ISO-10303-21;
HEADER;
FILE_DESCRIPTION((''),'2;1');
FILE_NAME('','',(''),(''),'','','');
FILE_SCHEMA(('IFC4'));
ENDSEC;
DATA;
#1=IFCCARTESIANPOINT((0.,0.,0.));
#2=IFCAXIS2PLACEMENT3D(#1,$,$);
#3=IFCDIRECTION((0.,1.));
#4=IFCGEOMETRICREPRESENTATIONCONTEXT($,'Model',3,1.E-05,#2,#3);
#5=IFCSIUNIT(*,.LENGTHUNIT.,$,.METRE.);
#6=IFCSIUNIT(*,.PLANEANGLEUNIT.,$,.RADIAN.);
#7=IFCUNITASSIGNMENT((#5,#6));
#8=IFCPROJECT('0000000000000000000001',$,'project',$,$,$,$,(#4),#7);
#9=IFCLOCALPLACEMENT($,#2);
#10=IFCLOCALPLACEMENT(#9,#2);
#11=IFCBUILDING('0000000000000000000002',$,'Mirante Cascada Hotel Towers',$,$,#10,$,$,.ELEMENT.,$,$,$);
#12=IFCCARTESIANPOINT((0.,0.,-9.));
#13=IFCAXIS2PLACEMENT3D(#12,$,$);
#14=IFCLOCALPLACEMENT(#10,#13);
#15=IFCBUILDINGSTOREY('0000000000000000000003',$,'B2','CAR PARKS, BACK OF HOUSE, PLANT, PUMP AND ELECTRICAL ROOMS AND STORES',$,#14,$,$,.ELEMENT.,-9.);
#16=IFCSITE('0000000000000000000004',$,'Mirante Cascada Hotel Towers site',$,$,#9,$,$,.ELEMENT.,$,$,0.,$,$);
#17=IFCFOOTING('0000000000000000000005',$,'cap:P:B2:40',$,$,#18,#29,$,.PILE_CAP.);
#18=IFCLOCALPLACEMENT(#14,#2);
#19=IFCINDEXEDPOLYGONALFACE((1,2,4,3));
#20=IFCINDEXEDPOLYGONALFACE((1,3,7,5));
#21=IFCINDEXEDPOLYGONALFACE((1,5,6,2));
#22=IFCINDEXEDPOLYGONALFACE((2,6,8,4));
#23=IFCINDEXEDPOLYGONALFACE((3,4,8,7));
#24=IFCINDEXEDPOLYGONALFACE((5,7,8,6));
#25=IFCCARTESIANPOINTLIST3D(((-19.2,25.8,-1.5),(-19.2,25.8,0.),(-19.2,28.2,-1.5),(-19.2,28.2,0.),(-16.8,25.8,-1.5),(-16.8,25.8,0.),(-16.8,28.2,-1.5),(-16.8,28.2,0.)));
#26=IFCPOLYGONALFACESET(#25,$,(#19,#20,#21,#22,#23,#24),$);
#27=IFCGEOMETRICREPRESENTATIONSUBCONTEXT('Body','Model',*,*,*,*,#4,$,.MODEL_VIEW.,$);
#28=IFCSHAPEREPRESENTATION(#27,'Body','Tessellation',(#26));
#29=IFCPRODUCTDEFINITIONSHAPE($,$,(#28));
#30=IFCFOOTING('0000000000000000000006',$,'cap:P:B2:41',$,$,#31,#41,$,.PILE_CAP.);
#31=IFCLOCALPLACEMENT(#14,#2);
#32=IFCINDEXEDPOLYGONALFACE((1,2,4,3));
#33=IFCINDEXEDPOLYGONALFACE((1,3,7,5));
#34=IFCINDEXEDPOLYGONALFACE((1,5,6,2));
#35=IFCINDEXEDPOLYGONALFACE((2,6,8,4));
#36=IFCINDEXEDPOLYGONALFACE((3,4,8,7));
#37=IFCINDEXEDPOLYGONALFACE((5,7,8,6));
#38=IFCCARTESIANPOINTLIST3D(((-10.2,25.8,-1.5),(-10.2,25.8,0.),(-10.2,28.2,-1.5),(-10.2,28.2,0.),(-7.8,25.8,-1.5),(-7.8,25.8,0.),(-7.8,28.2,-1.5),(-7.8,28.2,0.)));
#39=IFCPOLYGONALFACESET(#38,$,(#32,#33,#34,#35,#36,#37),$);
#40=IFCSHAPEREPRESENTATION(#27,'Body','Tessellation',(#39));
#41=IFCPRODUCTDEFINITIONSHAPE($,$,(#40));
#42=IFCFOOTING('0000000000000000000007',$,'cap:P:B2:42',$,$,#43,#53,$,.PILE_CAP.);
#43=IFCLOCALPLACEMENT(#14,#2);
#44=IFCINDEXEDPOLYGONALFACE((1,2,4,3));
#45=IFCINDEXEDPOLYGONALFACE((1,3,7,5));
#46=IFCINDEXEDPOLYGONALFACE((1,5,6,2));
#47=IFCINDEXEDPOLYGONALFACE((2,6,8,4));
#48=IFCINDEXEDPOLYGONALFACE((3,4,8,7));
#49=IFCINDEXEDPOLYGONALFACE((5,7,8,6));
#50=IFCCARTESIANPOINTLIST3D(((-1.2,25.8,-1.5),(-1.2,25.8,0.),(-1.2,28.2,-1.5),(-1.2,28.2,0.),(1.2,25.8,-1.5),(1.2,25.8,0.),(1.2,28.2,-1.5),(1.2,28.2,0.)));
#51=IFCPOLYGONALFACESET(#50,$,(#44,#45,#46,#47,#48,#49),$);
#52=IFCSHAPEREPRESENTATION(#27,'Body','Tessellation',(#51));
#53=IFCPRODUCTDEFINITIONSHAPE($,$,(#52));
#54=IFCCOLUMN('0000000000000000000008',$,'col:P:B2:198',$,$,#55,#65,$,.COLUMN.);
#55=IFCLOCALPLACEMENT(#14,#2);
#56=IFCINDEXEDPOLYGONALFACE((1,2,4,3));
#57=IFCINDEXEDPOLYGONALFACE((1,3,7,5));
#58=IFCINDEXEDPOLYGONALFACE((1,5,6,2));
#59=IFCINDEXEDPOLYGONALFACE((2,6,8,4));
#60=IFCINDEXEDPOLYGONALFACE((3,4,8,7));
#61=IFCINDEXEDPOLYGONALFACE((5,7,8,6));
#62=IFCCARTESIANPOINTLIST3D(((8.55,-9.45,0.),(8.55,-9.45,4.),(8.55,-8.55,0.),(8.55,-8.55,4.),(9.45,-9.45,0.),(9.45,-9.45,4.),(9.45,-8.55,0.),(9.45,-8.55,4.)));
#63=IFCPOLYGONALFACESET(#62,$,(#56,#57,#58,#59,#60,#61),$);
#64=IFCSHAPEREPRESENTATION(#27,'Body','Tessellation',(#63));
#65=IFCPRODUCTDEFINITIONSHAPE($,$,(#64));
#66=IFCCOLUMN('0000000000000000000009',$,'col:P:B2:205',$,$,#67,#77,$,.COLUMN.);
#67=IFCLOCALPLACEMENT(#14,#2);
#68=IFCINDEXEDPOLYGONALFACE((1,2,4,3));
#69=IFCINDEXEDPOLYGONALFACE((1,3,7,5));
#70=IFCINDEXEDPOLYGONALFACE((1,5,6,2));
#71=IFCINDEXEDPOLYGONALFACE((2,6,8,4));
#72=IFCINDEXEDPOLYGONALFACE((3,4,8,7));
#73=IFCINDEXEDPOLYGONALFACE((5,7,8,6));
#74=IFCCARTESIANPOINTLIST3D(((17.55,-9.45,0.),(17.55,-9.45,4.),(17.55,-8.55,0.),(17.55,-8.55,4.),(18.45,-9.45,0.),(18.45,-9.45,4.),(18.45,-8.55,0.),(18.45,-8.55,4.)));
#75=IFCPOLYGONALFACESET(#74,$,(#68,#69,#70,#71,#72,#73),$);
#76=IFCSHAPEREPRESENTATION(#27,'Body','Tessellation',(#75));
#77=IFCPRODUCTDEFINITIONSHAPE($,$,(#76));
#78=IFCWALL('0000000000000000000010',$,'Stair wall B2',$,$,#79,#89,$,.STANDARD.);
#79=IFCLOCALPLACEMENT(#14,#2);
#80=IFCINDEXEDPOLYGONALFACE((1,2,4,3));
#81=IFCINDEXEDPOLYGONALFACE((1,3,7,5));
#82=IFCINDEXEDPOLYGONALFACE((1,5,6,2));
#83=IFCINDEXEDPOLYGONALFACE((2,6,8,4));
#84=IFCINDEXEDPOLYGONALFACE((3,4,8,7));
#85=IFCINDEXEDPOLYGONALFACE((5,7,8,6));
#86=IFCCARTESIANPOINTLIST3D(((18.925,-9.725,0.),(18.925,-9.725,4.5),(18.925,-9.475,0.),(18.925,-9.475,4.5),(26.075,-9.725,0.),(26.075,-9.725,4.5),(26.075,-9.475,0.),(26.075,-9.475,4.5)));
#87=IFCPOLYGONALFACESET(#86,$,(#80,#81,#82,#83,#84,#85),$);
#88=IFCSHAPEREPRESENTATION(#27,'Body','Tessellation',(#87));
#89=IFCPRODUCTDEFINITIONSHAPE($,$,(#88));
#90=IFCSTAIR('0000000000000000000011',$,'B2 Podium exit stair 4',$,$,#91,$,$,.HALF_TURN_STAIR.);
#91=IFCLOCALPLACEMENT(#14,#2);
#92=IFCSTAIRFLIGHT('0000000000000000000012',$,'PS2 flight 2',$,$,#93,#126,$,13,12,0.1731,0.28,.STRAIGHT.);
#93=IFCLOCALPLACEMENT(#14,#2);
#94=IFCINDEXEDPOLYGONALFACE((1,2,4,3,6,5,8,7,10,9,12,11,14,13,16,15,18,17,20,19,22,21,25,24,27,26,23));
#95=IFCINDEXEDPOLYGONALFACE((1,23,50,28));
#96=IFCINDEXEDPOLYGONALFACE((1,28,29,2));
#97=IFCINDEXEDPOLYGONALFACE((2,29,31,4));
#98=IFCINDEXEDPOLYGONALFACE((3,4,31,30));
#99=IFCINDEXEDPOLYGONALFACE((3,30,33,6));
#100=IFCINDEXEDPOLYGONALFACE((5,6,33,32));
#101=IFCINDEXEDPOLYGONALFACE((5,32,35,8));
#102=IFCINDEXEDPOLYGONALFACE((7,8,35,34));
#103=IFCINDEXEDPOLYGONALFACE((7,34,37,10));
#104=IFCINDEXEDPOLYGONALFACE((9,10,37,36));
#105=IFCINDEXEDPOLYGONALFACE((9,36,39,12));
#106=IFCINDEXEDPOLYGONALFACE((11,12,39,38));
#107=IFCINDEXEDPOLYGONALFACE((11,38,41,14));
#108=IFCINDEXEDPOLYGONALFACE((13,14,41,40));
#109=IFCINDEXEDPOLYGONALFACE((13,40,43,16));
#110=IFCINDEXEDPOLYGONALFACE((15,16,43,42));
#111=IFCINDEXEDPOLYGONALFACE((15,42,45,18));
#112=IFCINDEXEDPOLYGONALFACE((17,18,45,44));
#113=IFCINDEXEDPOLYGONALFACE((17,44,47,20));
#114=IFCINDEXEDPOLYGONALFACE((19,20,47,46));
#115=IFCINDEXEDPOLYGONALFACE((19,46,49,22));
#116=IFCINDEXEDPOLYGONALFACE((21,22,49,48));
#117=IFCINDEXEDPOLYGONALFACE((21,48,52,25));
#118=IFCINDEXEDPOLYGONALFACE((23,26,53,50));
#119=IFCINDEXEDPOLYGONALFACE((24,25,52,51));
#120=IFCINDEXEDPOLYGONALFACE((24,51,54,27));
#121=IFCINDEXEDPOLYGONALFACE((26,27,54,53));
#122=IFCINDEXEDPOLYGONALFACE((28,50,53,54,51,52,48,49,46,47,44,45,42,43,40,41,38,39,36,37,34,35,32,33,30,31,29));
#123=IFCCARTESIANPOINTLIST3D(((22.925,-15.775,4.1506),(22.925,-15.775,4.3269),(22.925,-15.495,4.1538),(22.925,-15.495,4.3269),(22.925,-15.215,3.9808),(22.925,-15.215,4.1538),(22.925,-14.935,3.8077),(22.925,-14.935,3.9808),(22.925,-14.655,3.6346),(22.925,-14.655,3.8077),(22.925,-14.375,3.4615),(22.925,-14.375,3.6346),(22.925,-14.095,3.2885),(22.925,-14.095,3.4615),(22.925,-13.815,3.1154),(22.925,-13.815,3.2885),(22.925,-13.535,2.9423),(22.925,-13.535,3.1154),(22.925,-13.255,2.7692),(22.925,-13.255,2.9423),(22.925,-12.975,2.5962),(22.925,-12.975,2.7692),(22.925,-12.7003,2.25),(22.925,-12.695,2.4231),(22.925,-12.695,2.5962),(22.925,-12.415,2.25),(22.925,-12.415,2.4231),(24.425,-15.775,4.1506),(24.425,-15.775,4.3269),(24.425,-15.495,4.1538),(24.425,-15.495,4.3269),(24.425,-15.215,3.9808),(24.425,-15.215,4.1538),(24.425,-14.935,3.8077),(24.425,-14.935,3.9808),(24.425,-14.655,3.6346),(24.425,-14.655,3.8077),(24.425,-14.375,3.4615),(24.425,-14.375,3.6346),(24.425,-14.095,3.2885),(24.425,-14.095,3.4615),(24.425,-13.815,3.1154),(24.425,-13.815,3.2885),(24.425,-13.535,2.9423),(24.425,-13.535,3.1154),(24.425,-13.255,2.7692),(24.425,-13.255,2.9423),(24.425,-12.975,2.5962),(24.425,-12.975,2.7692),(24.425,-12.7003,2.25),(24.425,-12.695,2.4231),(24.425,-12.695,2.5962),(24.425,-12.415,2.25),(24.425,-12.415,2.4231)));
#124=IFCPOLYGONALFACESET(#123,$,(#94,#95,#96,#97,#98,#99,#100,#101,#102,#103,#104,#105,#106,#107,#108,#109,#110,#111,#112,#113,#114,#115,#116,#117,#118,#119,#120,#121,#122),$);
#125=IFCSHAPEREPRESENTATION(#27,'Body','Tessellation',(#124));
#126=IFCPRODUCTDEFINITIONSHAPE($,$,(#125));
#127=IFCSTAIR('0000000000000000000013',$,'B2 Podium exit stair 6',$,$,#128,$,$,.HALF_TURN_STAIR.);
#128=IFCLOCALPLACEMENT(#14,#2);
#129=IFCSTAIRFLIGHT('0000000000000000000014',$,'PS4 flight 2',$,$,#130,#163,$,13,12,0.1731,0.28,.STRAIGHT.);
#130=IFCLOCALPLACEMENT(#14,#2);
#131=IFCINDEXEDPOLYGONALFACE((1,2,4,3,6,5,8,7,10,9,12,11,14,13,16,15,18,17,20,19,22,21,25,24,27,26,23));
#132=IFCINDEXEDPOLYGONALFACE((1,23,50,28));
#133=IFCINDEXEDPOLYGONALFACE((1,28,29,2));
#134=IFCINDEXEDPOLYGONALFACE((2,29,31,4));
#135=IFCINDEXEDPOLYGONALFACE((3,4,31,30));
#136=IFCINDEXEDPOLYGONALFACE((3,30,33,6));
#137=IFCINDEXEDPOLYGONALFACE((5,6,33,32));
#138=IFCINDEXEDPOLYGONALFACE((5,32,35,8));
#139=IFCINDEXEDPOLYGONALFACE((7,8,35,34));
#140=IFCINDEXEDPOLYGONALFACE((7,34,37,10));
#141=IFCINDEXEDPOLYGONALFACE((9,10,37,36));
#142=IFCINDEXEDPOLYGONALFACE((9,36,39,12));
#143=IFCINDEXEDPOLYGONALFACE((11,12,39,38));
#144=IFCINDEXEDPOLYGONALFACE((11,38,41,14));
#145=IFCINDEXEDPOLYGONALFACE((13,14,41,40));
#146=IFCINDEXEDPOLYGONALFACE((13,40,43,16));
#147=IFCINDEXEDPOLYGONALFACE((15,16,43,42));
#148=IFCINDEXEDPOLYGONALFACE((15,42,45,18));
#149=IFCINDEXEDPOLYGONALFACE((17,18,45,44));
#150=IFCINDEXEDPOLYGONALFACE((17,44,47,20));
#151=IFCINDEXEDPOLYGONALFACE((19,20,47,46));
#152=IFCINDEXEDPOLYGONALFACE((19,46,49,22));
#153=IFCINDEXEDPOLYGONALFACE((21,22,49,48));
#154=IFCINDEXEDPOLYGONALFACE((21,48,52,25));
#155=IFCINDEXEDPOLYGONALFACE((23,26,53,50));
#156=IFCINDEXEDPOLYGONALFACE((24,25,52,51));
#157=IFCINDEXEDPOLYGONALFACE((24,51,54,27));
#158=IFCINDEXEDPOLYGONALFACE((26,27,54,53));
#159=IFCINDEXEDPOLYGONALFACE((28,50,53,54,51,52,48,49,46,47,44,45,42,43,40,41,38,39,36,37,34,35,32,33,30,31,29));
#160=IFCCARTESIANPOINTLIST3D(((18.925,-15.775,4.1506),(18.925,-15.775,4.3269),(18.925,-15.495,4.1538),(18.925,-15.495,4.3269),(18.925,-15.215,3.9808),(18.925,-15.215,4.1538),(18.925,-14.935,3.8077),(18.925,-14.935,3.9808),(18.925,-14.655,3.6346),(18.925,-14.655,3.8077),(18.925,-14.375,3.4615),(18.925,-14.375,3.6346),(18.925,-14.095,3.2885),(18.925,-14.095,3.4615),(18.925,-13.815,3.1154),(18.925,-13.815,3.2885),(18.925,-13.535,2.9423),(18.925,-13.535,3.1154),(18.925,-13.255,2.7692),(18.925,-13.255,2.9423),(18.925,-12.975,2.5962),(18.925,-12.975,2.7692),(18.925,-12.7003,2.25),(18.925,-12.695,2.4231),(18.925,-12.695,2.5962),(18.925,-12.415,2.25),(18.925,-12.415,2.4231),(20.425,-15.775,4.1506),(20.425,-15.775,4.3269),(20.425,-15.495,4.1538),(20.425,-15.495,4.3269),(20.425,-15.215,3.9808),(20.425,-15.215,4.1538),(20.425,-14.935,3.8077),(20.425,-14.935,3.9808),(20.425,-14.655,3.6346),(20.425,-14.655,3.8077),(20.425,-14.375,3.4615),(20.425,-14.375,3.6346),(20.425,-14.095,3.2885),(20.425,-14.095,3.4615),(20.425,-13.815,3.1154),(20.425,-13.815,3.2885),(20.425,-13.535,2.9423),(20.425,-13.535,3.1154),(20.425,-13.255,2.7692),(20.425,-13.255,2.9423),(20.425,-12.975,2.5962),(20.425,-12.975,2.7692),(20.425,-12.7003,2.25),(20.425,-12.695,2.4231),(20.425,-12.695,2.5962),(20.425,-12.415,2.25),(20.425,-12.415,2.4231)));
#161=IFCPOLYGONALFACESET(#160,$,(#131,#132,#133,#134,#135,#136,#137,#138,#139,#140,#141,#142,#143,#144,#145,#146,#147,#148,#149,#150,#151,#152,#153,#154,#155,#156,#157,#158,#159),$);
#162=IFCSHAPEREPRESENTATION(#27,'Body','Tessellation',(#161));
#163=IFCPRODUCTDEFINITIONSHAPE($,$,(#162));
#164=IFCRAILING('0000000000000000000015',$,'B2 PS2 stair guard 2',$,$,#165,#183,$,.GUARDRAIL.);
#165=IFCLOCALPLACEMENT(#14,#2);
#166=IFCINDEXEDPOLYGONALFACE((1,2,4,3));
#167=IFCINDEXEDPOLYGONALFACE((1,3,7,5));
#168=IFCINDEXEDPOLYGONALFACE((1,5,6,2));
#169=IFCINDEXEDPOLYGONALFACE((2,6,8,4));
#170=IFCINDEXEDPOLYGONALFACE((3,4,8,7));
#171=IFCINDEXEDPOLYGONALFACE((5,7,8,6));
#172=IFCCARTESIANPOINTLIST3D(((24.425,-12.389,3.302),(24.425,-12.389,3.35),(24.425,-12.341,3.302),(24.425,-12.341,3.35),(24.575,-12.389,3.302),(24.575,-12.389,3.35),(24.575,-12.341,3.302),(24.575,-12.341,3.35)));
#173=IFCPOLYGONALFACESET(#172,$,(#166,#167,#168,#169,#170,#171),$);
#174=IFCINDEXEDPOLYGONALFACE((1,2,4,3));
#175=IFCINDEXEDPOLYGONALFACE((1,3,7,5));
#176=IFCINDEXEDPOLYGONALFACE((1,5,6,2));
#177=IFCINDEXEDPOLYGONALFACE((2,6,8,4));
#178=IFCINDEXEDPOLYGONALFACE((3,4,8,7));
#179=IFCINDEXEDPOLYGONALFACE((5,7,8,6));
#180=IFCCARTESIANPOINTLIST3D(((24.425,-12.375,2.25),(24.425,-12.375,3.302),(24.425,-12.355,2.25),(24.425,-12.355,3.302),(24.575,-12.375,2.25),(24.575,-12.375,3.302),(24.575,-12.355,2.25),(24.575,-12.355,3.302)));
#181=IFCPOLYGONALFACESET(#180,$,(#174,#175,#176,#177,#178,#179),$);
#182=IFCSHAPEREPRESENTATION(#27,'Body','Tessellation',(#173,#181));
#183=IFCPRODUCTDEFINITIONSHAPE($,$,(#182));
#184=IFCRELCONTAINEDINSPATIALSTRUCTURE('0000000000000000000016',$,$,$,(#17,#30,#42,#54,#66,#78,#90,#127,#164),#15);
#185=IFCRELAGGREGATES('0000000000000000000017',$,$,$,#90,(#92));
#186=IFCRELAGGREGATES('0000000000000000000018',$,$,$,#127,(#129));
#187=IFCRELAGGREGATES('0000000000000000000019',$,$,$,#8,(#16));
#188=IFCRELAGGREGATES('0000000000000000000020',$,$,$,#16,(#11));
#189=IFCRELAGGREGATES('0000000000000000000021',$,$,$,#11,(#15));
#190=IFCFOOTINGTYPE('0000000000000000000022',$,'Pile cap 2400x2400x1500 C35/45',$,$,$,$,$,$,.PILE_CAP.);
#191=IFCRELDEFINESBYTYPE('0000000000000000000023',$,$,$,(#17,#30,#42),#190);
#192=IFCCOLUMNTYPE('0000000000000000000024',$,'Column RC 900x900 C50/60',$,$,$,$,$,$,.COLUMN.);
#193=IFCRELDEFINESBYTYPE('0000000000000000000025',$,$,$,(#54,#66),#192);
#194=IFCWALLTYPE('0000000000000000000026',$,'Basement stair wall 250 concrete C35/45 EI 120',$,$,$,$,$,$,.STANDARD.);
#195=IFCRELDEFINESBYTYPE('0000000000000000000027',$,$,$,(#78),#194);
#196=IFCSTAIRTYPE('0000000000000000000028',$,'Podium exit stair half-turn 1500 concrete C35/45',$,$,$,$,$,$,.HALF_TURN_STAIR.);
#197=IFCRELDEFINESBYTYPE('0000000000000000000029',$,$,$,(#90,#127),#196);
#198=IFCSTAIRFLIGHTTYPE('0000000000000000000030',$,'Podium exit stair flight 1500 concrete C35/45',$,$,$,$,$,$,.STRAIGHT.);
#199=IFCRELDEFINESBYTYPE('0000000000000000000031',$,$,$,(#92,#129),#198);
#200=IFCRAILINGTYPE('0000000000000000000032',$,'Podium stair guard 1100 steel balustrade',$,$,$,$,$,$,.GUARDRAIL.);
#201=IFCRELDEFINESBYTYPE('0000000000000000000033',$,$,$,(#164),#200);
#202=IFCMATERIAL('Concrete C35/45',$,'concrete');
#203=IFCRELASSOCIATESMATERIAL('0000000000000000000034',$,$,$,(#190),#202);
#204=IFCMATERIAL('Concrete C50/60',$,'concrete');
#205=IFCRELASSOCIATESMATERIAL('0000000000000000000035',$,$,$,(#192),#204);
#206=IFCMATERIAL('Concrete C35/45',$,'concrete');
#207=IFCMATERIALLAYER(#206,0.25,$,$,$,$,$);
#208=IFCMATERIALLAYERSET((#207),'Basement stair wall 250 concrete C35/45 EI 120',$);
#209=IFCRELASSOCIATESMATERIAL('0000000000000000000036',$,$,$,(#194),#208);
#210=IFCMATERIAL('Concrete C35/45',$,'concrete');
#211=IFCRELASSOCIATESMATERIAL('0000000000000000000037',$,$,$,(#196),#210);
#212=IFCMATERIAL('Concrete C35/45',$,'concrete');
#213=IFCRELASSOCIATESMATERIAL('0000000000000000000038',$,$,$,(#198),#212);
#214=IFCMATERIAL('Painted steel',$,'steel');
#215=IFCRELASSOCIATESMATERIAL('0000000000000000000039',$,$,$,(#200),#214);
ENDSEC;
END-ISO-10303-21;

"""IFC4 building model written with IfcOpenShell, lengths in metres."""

from ifc_helpers import new_model, si_unit, direction, frame, frame_2d, origin, origin_2d, place, context, subcontext, project, spatial, polyline, rectangle, outline, extrude, material, layer, layer_set, material_profile, profile_set, type_object, element, aggregate, save


model = new_model("IFC4")

# Units and contexts
model_context = context("Model", 3, precision=1e-05, world=origin(), true_north=direction((0.0, 1.0)))
body_context = subcontext(model_context, "Body", "Model", "MODEL_VIEW")
ifc_project = project(units=[si_unit("LENGTHUNIT", "METRE"), si_unit("PLANEANGLEUNIT", "RADIAN")], contexts=[model_context])

# Site, building, storey
site_placement = place(None, origin())
site = spatial("IfcSite", under=ifc_project, at=site_placement, Name="Mirante Cascada Hotel Towers site", CompositionType="ELEMENT", RefElevation=0.0)
building_placement = place(site_placement, origin())
building = spatial("IfcBuilding", under=site, at=building_placement, Name="Mirante Cascada Hotel Towers", CompositionType="ELEMENT")
storey_placement = place(building_placement, frame((0.0, 0.0, -9.0)))
storey = spatial("IfcBuildingStorey", under=building, at=storey_placement, Name="B2", Description="CAR PARKS, BACK OF HOUSE, PLANT, PUMP AND ELECTRICAL ROOMS AND STORES", CompositionType="ELEMENT", Elevation=-9.0)

# Footings
ifc_material_1 = material(Name="Concrete C35/45", Category="concrete")
footing_type = type_object("IfcFootingType", Name="Pile cap 2400x2400x1500 C35/45", PredefinedType="PILE_CAP", material=ifc_material_1)
footing_1_placement = place(storey_placement, frame((0.0, 0.0, -1.5)))
element("IfcFooting", 1, at=footing_1_placement, inside=storey, type_object=footing_type, Name="cap:P:B2:40", PredefinedType="PILE_CAP", context=body_context, shape_type="SweptSolid", body=[
    extrude(outline(polyline([(-16.8, 25.8), (-16.8, 28.2), (-19.2, 28.2), (-19.2, 25.8), (-16.8, 25.8)])), origin(), (0.0, 0.0, 1.0), 1.5),
])
footing_2_placement = place(storey_placement, frame((0.0, 0.0, -1.5)))
element("IfcFooting", 2, at=footing_2_placement, inside=storey, type_object=footing_type, Name="cap:P:B2:41", PredefinedType="PILE_CAP", context=body_context, shape_type="SweptSolid", body=[
    extrude(outline(polyline([(-7.8, 25.8), (-7.8, 28.2), (-10.2, 28.2), (-10.2, 25.8), (-7.8, 25.8)])), origin(), (0.0, 0.0, 1.0), 1.5),
])
footing_3_placement = place(storey_placement, frame((0.0, 0.0, -1.5)))
element("IfcFooting", 3, at=footing_3_placement, inside=storey, type_object=footing_type, Name="cap:P:B2:42", PredefinedType="PILE_CAP", context=body_context, shape_type="SweptSolid", body=[
    extrude(outline(polyline([(1.2, 25.8), (1.2, 28.2), (-1.2, 28.2), (-1.2, 25.8), (1.2, 25.8)])), origin(), (0.0, 0.0, 1.0), 1.5),
])

# Columns
ifc_material_2 = material(Name="Concrete C50/60", Category="concrete")
ifc_material_profile_1 = material_profile(ifc_material_2, rectangle(XDim=0.9, YDim=0.9, at=origin_2d()), Name="RC 900x900")
ifc_profile_set_1 = profile_set([ifc_material_profile_1], Name="Concrete C50/60")
column_type = type_object("IfcColumnType", Name="Column RC 900x900 C50/60", PredefinedType="COLUMN", material=ifc_profile_set_1)
for number, where, z_axis, x_axis, name in (
    (4, (9.0, -9.0, 0.0), (0.0, 0.0, 1.0), (1.0, 0.0, 0.0), "col:P:B2:198"),
    (5, (18.0, -9.0, 0.0), (0.0, 0.0, 1.0), (1.0, 0.0, 0.0), "col:P:B2:205"),
):
    element("IfcColumn", number, at=place(storey_placement, frame(where, z_axis=z_axis, x_axis=x_axis)), inside=storey, type_object=column_type, Name=name, PredefinedType="COLUMN", context=body_context, shape_type="SweptSolid", body=[
        extrude(rectangle(XDim=0.9, YDim=0.9, at=origin_2d()), origin(), (0.0, 0.0, 1.0), 4.0),
    ])

# Wall
ifc_material_3 = material(Name="Concrete C35/45", Category="concrete")
ifc_layer = layer(ifc_material_3, 0.25)
ifc_layer_set = layer_set([ifc_layer], Name="Basement stair wall 250 concrete C35/45 EI 120")
wall_type = type_object("IfcWallType", Name="Basement stair wall 250 concrete C35/45 EI 120", PredefinedType="STANDARD", material=ifc_layer_set)
wall_placement = place(storey_placement, frame((18.925, -9.6, 0.0), z_axis=(0.0, 0.0, 1.0), x_axis=(1.0, 0.0, 0.0)))
element("IfcWall", 6, at=wall_placement, inside=storey, type_object=wall_type, Name="Stair wall B2", PredefinedType="STANDARD", context=body_context, shape_type="SweptSolid", body=[
    extrude(rectangle(XDim=7.15, YDim=0.25, at=frame_2d((3.575, 0.0))), origin(), (0.0, 0.0, 1.0), 4.5),
])

# Stairs, stair flights
ifc_material_4 = material(Name="Concrete C35/45", Category="concrete")
stair_type = type_object("IfcStairType", Name="Podium exit stair half-turn 1500 concrete C35/45", PredefinedType="HALF_TURN_STAIR", material=ifc_material_4)
stair_1_placement = place(storey_placement, origin())
stair_1 = element("IfcStair", 7, at=stair_1_placement, inside=storey, type_object=stair_type, Name="B2 Podium exit stair 4", PredefinedType="HALF_TURN_STAIR")
ifc_material_5 = material(Name="Concrete C35/45", Category="concrete")
stair_flight_type = type_object("IfcStairFlightType", Name="Podium exit stair flight 1500 concrete C35/45", PredefinedType="STRAIGHT", material=ifc_material_5)
stair_flight_1_placement = place(storey_placement, frame((23.675, -12.415, 2.25), z_axis=(0.0, 0.0, 1.0), x_axis=(0.0, -1.0, 0.0)))
stair_flight_1 = element("IfcStairFlight", 8, at=stair_flight_1_placement, type_object=stair_flight_type, Name="PS2 flight 2", NumberOfRisers=13, NumberOfTreads=12, PredefinedType="STRAIGHT", RiserHeight=0.1731, TreadLength=0.28, context=body_context, shape_type="SweptSolid", body=[
    extrude(outline(polyline([(0.0, 0.0), (0.0, 0.1731), (0.28, 0.1731), (0.28, 0.3462), (0.56, 0.3462), (0.56, 0.5192), (0.84, 0.5192), (0.84, 0.6923), (1.12, 0.6923), (1.12, 0.8654), (1.4, 0.8654), (1.4, 1.0385), (1.68, 1.0385), (1.68, 1.2115), (1.96, 1.2115), (1.96, 1.3846), (2.24, 1.3846), (2.24, 1.5577), (2.52, 1.5577), (2.52, 1.7308), (2.8, 1.7308), (2.8, 1.9038), (3.08, 1.9038), (3.08, 2.0769), (3.36, 2.0769), (3.36, 2.25), (3.36, 1.9006), (0.2853, 0.0), (0.0, 0.0)])), frame((0.0, 0.75, 0.0), z_axis=(0.0, -1.0, 0.0), x_axis=(1.0, 0.0, 0.0)), (0.0, 0.0, 1.0), 1.5),
])
aggregate(stair_1, [stair_flight_1])
stair_2_placement = place(storey_placement, origin())
stair_2 = element("IfcStair", 9, at=stair_2_placement, inside=storey, type_object=stair_type, Name="B2 Podium exit stair 6", PredefinedType="HALF_TURN_STAIR")
stair_flight_2_placement = place(storey_placement, frame((19.675, -12.415, 2.25), z_axis=(0.0, 0.0, 1.0), x_axis=(0.0, -1.0, 0.0)))
stair_flight_2 = element("IfcStairFlight", 10, at=stair_flight_2_placement, type_object=stair_flight_type, Name="PS4 flight 2", NumberOfRisers=13, NumberOfTreads=12, PredefinedType="STRAIGHT", RiserHeight=0.1731, TreadLength=0.28, context=body_context, shape_type="SweptSolid", body=[
    extrude(outline(polyline([(0.0, 0.0), (0.0, 0.1731), (0.28, 0.1731), (0.28, 0.3462), (0.56, 0.3462), (0.56, 0.5192), (0.84, 0.5192), (0.84, 0.6923), (1.12, 0.6923), (1.12, 0.8654), (1.4, 0.8654), (1.4, 1.0385), (1.68, 1.0385), (1.68, 1.2115), (1.96, 1.2115), (1.96, 1.3846), (2.24, 1.3846), (2.24, 1.5577), (2.52, 1.5577), (2.52, 1.7308), (2.8, 1.7308), (2.8, 1.9038), (3.08, 1.9038), (3.08, 2.0769), (3.36, 2.0769), (3.36, 2.25), (3.36, 1.9006), (0.2853, 0.0), (0.0, 0.0)])), frame((0.0, 0.75, 0.0), z_axis=(0.0, -1.0, 0.0), x_axis=(1.0, 0.0, 0.0)), (0.0, 0.0, 1.0), 1.5),
])
aggregate(stair_2, [stair_flight_2])

# Railing
ifc_material_6 = material(Name="Painted steel", Category="steel")
railing_type_1 = type_object("IfcRailingType", Name="Podium stair guard 1100 steel balustrade", PredefinedType="GUARDRAIL", material=ifc_material_6)
railing_1_placement = place(storey_placement, frame((24.575, -12.365, 2.25)))
element("IfcRailing", 11, at=railing_1_placement, inside=storey, type_object=railing_type_1, Name="B2 PS2 stair guard 2", PredefinedType="GUARDRAIL", context=body_context, shape_type="SweptSolid", body=[
    extrude(rectangle(XDim=0.048, YDim=0.048, at=origin_2d()), frame((0.0, 0.0, 1.076), z_axis=(-1.0, 0.0, 0.0), x_axis=(0.0, -1.0, 0.0)), (0.0, 0.0, 1.0), 0.15),
    extrude(rectangle(XDim=0.02, YDim=1.052, at=origin_2d()), frame((0.0, 0.0, 0.526), z_axis=(-1.0, 0.0, 0.0), x_axis=(0.0, -1.0, 0.0)), (0.0, 0.0, 1.0), 0.15),
])

save(model, "model.ifc")
